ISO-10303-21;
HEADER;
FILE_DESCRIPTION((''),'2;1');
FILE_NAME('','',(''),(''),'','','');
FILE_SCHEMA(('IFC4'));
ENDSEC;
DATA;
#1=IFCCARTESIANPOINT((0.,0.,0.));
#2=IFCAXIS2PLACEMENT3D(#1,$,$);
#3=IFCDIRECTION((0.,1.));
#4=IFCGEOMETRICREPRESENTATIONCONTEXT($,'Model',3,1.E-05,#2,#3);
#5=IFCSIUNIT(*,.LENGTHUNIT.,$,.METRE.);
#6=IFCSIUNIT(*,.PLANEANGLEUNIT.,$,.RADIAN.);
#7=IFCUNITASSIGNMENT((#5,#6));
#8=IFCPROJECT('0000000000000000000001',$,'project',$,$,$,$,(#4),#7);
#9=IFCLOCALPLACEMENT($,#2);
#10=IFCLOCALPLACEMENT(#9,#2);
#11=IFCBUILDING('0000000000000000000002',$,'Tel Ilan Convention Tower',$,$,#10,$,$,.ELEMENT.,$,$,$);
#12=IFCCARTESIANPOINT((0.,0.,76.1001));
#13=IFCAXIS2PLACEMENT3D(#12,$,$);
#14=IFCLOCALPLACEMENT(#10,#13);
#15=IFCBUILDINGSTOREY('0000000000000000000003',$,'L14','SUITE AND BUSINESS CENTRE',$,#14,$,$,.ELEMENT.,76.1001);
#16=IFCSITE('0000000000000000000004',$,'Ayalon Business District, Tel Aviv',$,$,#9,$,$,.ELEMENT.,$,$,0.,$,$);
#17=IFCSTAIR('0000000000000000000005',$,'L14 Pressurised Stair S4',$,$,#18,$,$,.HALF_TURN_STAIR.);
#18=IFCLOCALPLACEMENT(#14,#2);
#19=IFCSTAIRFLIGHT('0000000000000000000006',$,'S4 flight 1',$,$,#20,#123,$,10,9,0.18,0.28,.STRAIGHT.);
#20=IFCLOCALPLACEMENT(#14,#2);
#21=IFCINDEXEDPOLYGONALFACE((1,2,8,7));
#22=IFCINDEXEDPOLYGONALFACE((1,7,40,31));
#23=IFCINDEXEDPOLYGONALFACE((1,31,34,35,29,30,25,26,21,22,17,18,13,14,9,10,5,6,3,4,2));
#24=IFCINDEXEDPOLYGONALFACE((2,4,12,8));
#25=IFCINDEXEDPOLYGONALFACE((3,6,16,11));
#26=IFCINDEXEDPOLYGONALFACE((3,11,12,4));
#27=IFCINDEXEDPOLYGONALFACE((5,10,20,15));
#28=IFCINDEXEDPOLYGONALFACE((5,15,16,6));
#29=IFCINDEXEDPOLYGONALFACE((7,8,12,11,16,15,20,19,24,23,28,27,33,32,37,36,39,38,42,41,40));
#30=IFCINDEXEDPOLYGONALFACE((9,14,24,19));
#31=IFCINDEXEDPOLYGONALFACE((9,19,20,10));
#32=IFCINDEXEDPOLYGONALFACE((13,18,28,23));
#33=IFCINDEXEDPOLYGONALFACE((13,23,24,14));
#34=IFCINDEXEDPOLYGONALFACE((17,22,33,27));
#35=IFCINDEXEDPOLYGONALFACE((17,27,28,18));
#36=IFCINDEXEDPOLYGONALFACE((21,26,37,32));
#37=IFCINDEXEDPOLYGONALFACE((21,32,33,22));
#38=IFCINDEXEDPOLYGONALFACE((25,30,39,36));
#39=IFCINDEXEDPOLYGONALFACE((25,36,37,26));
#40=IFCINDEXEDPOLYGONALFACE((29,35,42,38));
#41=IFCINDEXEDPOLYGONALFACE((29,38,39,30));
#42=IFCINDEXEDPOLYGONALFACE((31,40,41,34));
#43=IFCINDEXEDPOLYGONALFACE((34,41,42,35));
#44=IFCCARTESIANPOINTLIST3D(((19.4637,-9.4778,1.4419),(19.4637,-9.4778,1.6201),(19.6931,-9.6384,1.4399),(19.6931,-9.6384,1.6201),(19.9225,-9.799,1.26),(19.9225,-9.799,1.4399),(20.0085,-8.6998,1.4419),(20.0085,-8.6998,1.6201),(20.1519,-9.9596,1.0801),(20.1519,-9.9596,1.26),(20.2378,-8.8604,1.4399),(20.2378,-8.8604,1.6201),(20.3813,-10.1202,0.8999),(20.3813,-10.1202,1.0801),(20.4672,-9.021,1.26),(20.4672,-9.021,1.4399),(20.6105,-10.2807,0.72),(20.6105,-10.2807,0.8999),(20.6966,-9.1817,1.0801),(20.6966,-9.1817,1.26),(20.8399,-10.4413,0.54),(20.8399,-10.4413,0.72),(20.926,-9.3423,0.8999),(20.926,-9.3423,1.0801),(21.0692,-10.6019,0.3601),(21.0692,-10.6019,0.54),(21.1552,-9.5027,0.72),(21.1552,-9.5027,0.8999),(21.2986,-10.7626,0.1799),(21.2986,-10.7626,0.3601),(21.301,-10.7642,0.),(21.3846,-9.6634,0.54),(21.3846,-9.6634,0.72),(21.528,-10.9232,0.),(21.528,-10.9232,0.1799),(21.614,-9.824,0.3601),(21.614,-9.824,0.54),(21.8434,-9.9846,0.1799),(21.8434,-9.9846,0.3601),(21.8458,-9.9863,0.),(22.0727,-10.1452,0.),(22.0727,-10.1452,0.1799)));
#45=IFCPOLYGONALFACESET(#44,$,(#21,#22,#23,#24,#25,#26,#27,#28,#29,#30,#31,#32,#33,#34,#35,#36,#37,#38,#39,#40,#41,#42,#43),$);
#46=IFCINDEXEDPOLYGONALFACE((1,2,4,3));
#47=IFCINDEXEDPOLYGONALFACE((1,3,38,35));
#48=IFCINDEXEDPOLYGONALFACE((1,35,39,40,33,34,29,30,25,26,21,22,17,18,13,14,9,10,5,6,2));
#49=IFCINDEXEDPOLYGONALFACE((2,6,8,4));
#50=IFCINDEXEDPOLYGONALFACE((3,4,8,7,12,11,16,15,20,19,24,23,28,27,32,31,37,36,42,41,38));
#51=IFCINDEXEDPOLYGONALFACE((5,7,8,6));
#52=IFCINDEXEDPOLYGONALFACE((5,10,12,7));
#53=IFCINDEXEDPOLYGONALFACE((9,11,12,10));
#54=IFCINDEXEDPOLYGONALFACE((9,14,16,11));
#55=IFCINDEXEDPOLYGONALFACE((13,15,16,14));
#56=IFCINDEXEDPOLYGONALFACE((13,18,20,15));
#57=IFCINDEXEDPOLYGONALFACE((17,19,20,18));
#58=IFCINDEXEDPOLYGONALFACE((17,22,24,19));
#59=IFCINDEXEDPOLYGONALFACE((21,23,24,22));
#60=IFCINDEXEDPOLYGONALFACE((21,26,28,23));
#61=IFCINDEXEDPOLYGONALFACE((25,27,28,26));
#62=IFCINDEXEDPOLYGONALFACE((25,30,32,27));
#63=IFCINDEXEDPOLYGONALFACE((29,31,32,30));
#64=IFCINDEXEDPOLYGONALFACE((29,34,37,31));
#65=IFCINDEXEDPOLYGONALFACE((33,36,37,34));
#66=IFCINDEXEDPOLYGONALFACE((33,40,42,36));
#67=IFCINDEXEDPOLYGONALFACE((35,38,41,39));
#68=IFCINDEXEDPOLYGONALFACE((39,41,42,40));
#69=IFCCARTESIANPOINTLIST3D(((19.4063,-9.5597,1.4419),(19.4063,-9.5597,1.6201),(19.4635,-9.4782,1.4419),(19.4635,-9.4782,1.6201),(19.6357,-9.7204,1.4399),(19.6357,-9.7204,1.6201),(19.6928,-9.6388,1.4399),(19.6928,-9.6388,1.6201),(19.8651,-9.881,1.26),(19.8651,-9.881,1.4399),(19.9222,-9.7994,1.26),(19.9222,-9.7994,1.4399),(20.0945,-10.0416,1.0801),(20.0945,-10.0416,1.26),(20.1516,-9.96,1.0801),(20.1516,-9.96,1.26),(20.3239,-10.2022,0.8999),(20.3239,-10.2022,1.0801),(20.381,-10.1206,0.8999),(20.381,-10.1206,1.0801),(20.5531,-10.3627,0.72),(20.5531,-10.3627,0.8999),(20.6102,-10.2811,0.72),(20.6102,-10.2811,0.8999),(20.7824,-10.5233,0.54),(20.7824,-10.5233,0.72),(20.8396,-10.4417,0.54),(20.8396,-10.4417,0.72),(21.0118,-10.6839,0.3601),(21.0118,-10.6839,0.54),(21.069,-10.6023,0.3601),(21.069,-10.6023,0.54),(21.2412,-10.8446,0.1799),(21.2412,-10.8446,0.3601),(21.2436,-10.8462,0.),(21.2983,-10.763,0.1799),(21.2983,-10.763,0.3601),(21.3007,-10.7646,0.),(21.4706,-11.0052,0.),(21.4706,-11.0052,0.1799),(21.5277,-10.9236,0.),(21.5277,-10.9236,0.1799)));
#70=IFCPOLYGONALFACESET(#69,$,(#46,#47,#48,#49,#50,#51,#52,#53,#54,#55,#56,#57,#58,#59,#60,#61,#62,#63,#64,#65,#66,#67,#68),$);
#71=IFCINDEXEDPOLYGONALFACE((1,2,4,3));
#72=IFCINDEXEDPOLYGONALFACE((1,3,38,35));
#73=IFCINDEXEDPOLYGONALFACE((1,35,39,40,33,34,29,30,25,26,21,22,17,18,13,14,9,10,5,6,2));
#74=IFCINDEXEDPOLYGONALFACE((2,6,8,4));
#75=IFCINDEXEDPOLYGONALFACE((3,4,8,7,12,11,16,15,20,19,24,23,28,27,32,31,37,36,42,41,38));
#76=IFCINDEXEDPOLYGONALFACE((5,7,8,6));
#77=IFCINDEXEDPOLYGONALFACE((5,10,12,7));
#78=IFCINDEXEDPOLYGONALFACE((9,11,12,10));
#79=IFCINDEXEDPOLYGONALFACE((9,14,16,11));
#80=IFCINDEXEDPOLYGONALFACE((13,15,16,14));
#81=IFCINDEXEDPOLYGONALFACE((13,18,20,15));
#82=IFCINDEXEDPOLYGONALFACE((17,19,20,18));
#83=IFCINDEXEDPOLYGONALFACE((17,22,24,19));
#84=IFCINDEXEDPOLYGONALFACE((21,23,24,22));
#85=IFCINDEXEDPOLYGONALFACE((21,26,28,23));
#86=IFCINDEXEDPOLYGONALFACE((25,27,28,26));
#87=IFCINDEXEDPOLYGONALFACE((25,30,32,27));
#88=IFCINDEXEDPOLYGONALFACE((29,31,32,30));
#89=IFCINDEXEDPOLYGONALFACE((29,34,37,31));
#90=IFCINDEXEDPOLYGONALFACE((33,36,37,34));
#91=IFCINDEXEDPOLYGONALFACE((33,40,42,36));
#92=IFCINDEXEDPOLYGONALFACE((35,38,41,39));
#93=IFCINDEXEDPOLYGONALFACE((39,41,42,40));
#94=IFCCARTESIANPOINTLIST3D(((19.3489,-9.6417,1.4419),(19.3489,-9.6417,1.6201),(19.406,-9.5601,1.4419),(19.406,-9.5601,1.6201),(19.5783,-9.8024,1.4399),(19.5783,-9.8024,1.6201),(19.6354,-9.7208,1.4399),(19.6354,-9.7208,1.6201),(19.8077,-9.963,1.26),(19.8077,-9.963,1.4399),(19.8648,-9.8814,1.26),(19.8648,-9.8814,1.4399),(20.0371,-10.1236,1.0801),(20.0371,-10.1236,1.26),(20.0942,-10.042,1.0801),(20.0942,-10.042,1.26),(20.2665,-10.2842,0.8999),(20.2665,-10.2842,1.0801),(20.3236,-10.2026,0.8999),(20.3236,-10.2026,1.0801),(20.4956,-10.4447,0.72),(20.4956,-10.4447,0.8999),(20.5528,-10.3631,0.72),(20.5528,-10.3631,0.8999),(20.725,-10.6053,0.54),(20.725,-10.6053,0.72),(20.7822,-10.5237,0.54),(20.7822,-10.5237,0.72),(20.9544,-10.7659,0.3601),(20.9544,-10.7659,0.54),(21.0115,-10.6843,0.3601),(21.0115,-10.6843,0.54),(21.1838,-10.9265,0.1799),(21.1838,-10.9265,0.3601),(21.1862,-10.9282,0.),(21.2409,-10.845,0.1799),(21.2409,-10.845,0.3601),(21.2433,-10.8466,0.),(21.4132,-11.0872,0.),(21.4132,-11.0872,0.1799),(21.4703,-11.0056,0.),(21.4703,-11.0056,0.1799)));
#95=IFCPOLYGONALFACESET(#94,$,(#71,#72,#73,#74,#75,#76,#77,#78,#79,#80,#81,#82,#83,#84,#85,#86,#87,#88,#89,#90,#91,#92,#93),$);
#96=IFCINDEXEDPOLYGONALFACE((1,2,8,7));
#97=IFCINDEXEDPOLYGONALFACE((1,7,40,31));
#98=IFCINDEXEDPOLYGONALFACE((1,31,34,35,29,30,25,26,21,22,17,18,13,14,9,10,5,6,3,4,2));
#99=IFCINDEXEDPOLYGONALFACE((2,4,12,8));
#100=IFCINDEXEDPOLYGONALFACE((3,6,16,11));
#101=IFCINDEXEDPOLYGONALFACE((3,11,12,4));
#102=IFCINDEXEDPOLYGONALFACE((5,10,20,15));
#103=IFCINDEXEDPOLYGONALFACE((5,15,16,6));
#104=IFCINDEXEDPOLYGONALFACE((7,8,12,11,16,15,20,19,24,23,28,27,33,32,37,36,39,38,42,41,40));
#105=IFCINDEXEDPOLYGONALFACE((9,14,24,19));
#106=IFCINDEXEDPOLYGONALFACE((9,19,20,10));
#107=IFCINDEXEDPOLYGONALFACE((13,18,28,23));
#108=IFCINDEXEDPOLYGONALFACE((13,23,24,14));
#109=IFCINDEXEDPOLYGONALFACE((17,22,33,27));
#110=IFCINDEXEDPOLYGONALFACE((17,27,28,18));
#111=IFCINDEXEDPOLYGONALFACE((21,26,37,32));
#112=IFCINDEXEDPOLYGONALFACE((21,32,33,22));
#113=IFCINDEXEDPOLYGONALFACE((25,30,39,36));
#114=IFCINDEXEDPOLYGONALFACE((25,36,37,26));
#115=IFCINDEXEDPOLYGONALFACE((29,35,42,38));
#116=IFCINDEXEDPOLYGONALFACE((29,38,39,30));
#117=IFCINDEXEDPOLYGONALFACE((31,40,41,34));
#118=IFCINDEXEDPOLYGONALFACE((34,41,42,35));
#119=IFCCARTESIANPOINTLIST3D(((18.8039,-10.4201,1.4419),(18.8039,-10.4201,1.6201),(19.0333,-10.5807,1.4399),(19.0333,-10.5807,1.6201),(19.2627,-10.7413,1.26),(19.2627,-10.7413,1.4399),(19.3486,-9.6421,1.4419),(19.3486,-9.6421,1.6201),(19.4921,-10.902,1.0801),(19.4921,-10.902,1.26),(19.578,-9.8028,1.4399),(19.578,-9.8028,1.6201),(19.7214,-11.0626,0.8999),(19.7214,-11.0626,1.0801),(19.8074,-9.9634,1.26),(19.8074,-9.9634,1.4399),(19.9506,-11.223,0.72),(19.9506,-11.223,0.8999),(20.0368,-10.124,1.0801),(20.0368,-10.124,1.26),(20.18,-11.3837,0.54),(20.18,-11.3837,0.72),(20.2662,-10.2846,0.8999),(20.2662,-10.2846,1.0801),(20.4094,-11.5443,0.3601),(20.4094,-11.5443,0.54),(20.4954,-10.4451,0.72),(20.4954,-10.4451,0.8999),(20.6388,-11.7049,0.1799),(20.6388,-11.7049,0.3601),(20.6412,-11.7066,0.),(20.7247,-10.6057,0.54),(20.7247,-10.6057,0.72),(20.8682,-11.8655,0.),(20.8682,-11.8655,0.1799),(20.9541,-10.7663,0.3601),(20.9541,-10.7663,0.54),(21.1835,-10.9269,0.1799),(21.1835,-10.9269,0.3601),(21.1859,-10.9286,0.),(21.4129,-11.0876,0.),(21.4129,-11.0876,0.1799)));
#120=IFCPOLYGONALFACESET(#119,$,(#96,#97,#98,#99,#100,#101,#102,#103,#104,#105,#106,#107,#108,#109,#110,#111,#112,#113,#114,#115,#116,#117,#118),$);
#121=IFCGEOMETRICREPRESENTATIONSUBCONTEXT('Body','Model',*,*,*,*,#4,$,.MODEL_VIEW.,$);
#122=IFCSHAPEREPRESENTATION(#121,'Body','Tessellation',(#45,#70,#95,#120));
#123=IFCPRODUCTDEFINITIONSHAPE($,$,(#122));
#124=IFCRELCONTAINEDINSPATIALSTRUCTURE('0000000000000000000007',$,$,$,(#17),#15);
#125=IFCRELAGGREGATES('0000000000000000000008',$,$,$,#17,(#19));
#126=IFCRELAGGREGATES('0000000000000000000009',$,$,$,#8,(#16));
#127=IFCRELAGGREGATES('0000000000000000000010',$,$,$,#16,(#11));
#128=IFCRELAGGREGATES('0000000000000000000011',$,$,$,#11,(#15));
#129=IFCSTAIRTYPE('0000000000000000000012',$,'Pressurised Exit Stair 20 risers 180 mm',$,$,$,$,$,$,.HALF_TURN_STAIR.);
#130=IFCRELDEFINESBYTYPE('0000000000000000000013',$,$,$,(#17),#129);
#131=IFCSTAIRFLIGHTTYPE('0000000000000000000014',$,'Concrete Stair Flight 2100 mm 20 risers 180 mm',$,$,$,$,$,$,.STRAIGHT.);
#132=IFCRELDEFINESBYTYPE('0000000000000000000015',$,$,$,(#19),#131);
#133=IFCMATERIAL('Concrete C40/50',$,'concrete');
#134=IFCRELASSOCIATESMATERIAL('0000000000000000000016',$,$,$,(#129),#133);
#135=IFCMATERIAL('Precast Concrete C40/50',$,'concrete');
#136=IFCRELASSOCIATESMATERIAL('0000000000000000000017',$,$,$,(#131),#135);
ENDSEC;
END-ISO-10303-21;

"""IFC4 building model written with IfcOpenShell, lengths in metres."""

from ifc_helpers import new_model, si_unit, direction, frame, origin, place, context, subcontext, project, spatial, polyline, outline, extrude, material, type_object, element, aggregate, save


model = new_model("IFC4")

# Units and contexts
model_context = context("Model", 3, precision=1e-05, world=origin(), true_north=direction((0.0, 1.0)))
body_context = subcontext(model_context, "Body", "Model", "MODEL_VIEW")
ifc_project = project(units=[si_unit("LENGTHUNIT", "METRE"), si_unit("PLANEANGLEUNIT", "RADIAN")], contexts=[model_context])

# Site, building, storey
site_placement = place(None, origin())
site = spatial("IfcSite", under=ifc_project, at=site_placement, Name="Ayalon Business District, Tel Aviv", CompositionType="ELEMENT", RefElevation=0.0)
building_placement = place(site_placement, origin())
building = spatial("IfcBuilding", under=site, at=building_placement, Name="Tel Ilan Convention Tower", CompositionType="ELEMENT")
storey_placement = place(building_placement, frame((0.0, 0.0, 76.1001)))
storey = spatial("IfcBuildingStorey", under=building, at=storey_placement, Name="L14", Description="SUITE AND BUSINESS CENTRE", CompositionType="ELEMENT", Elevation=76.1001)

# Shared definitions
ifc_material_1 = material(Name="Concrete C40/50", Category="concrete")
stair_type = type_object("IfcStairType", Name="Pressurised Exit Stair 20 risers 180 mm", PredefinedType="HALF_TURN_STAIR", material=ifc_material_1)
ifc_material_2 = material(Name="Precast Concrete C40/50", Category="concrete")
stair_flight_type = type_object("IfcStairFlightType", Name="Concrete Stair Flight 2100 mm 20 risers 180 mm", PredefinedType="STRAIGHT", material=ifc_material_2)

# Stair, stair flight
stair_1_placement = place(storey_placement, origin())
stair_1 = element("IfcStair", 1, at=stair_1_placement, inside=storey, type_object=stair_type, Name="L14 Pressurised Stair S4", PredefinedType="HALF_TURN_STAIR")
stair_flight_1_placement = place(storey_placement, frame((21.4705, -11.0054, 0.0), z_axis=(0.0, 0.0, 1.0), x_axis=(-0.819152, 0.573576, 0.0)))
stair_flight_1 = element("IfcStairFlight", 2, at=stair_flight_1_placement, type_object=stair_flight_type, Name="S4 flight 1", NumberOfRisers=10, NumberOfTreads=9, PredefinedType="STRAIGHT", RiserHeight=0.18, TreadLength=0.28, context=body_context, shape_type="SweptSolid", body=[
    extrude(outline(polyline([(0.0, 0.0), (0.0, 0.1799), (0.28, 0.1799), (0.28, 0.3601), (0.5601, 0.3601), (0.5601, 0.54), (0.8401, 0.54), (0.8401, 0.72), (1.1201, 0.72), (1.1201, 0.8999), (1.3999, 0.8999), (1.3999, 1.0801), (1.6799, 1.0801), (1.6799, 1.26), (1.96, 1.26), (1.96, 1.4399), (2.24, 1.4399), (2.24, 1.6201), (2.52, 1.6201), (2.52, 1.8), (2.52, 1.4419), (0.2771, 0.0), (0.0, 0.0)])), frame((0.0, -0.1003, 0.0), z_axis=(0.0, -1.0, 0.0), x_axis=(1.0, 0.0, 0.0)), (0.0, 0.0, 1.0), 0.9497),
    extrude(outline(polyline([(0.0, 0.0), (0.0, 0.1799), (0.28, 0.1799), (0.28, 0.3601), (0.5601, 0.3601), (0.5601, 0.54), (0.8401, 0.54), (0.8401, 0.72), (1.1201, 0.72), (1.1201, 0.8999), (1.3999, 0.8999), (1.3999, 1.0801), (1.6799, 1.0801), (1.6799, 1.26), (1.96, 1.26), (1.96, 1.4399), (2.24, 1.4399), (2.24, 1.6201), (2.52, 1.6201), (2.52, 1.8), (2.52, 1.4419), (0.2771, 0.0), (0.0, 0.0)])), frame((0.0, -0.0002, 0.0), z_axis=(0.0, -1.0, 0.0), x_axis=(1.0, 0.0, 0.0)), (0.0, 0.0, 1.0), 0.0996),
    extrude(outline(polyline([(0.0, 0.0), (0.0, 0.1799), (0.28, 0.1799), (0.28, 0.3601), (0.5601, 0.3601), (0.5601, 0.54), (0.8401, 0.54), (0.8401, 0.72), (1.1201, 0.72), (1.1201, 0.8999), (1.3999, 0.8999), (1.3999, 1.0801), (1.6799, 1.0801), (1.6799, 1.26), (1.96, 1.26), (1.96, 1.4399), (2.24, 1.4399), (2.24, 1.6201), (2.52, 1.6201), (2.52, 1.8), (2.52, 1.4419), (0.2771, 0.0), (0.0, 0.0)])), frame((0.0, 0.0999, 0.0), z_axis=(0.0, -1.0, 0.0), x_axis=(1.0, 0.0, 0.0)), (0.0, 0.0, 1.0), 0.0996),
    extrude(outline(polyline([(0.0, 0.0), (0.0, 0.1799), (0.28, 0.1799), (0.28, 0.3601), (0.5601, 0.3601), (0.5601, 0.54), (0.8401, 0.54), (0.8401, 0.72), (1.1201, 0.72), (1.1201, 0.8999), (1.3999, 0.8999), (1.3999, 1.0801), (1.6799, 1.0801), (1.6799, 1.26), (1.96, 1.26), (1.96, 1.4399), (2.24, 1.4399), (2.24, 1.6201), (2.52, 1.6201), (2.52, 1.8), (2.52, 1.4419), (0.2771, 0.0), (0.0, 0.0)])), frame((0.0, 1.05, 0.0), z_axis=(0.0, -1.0, 0.0), x_axis=(1.0, 0.0, 0.0)), (0.0, 0.0, 1.0), 0.9497),
])
aggregate(stair_1, [stair_flight_1])

save(model, "model.ifc")
